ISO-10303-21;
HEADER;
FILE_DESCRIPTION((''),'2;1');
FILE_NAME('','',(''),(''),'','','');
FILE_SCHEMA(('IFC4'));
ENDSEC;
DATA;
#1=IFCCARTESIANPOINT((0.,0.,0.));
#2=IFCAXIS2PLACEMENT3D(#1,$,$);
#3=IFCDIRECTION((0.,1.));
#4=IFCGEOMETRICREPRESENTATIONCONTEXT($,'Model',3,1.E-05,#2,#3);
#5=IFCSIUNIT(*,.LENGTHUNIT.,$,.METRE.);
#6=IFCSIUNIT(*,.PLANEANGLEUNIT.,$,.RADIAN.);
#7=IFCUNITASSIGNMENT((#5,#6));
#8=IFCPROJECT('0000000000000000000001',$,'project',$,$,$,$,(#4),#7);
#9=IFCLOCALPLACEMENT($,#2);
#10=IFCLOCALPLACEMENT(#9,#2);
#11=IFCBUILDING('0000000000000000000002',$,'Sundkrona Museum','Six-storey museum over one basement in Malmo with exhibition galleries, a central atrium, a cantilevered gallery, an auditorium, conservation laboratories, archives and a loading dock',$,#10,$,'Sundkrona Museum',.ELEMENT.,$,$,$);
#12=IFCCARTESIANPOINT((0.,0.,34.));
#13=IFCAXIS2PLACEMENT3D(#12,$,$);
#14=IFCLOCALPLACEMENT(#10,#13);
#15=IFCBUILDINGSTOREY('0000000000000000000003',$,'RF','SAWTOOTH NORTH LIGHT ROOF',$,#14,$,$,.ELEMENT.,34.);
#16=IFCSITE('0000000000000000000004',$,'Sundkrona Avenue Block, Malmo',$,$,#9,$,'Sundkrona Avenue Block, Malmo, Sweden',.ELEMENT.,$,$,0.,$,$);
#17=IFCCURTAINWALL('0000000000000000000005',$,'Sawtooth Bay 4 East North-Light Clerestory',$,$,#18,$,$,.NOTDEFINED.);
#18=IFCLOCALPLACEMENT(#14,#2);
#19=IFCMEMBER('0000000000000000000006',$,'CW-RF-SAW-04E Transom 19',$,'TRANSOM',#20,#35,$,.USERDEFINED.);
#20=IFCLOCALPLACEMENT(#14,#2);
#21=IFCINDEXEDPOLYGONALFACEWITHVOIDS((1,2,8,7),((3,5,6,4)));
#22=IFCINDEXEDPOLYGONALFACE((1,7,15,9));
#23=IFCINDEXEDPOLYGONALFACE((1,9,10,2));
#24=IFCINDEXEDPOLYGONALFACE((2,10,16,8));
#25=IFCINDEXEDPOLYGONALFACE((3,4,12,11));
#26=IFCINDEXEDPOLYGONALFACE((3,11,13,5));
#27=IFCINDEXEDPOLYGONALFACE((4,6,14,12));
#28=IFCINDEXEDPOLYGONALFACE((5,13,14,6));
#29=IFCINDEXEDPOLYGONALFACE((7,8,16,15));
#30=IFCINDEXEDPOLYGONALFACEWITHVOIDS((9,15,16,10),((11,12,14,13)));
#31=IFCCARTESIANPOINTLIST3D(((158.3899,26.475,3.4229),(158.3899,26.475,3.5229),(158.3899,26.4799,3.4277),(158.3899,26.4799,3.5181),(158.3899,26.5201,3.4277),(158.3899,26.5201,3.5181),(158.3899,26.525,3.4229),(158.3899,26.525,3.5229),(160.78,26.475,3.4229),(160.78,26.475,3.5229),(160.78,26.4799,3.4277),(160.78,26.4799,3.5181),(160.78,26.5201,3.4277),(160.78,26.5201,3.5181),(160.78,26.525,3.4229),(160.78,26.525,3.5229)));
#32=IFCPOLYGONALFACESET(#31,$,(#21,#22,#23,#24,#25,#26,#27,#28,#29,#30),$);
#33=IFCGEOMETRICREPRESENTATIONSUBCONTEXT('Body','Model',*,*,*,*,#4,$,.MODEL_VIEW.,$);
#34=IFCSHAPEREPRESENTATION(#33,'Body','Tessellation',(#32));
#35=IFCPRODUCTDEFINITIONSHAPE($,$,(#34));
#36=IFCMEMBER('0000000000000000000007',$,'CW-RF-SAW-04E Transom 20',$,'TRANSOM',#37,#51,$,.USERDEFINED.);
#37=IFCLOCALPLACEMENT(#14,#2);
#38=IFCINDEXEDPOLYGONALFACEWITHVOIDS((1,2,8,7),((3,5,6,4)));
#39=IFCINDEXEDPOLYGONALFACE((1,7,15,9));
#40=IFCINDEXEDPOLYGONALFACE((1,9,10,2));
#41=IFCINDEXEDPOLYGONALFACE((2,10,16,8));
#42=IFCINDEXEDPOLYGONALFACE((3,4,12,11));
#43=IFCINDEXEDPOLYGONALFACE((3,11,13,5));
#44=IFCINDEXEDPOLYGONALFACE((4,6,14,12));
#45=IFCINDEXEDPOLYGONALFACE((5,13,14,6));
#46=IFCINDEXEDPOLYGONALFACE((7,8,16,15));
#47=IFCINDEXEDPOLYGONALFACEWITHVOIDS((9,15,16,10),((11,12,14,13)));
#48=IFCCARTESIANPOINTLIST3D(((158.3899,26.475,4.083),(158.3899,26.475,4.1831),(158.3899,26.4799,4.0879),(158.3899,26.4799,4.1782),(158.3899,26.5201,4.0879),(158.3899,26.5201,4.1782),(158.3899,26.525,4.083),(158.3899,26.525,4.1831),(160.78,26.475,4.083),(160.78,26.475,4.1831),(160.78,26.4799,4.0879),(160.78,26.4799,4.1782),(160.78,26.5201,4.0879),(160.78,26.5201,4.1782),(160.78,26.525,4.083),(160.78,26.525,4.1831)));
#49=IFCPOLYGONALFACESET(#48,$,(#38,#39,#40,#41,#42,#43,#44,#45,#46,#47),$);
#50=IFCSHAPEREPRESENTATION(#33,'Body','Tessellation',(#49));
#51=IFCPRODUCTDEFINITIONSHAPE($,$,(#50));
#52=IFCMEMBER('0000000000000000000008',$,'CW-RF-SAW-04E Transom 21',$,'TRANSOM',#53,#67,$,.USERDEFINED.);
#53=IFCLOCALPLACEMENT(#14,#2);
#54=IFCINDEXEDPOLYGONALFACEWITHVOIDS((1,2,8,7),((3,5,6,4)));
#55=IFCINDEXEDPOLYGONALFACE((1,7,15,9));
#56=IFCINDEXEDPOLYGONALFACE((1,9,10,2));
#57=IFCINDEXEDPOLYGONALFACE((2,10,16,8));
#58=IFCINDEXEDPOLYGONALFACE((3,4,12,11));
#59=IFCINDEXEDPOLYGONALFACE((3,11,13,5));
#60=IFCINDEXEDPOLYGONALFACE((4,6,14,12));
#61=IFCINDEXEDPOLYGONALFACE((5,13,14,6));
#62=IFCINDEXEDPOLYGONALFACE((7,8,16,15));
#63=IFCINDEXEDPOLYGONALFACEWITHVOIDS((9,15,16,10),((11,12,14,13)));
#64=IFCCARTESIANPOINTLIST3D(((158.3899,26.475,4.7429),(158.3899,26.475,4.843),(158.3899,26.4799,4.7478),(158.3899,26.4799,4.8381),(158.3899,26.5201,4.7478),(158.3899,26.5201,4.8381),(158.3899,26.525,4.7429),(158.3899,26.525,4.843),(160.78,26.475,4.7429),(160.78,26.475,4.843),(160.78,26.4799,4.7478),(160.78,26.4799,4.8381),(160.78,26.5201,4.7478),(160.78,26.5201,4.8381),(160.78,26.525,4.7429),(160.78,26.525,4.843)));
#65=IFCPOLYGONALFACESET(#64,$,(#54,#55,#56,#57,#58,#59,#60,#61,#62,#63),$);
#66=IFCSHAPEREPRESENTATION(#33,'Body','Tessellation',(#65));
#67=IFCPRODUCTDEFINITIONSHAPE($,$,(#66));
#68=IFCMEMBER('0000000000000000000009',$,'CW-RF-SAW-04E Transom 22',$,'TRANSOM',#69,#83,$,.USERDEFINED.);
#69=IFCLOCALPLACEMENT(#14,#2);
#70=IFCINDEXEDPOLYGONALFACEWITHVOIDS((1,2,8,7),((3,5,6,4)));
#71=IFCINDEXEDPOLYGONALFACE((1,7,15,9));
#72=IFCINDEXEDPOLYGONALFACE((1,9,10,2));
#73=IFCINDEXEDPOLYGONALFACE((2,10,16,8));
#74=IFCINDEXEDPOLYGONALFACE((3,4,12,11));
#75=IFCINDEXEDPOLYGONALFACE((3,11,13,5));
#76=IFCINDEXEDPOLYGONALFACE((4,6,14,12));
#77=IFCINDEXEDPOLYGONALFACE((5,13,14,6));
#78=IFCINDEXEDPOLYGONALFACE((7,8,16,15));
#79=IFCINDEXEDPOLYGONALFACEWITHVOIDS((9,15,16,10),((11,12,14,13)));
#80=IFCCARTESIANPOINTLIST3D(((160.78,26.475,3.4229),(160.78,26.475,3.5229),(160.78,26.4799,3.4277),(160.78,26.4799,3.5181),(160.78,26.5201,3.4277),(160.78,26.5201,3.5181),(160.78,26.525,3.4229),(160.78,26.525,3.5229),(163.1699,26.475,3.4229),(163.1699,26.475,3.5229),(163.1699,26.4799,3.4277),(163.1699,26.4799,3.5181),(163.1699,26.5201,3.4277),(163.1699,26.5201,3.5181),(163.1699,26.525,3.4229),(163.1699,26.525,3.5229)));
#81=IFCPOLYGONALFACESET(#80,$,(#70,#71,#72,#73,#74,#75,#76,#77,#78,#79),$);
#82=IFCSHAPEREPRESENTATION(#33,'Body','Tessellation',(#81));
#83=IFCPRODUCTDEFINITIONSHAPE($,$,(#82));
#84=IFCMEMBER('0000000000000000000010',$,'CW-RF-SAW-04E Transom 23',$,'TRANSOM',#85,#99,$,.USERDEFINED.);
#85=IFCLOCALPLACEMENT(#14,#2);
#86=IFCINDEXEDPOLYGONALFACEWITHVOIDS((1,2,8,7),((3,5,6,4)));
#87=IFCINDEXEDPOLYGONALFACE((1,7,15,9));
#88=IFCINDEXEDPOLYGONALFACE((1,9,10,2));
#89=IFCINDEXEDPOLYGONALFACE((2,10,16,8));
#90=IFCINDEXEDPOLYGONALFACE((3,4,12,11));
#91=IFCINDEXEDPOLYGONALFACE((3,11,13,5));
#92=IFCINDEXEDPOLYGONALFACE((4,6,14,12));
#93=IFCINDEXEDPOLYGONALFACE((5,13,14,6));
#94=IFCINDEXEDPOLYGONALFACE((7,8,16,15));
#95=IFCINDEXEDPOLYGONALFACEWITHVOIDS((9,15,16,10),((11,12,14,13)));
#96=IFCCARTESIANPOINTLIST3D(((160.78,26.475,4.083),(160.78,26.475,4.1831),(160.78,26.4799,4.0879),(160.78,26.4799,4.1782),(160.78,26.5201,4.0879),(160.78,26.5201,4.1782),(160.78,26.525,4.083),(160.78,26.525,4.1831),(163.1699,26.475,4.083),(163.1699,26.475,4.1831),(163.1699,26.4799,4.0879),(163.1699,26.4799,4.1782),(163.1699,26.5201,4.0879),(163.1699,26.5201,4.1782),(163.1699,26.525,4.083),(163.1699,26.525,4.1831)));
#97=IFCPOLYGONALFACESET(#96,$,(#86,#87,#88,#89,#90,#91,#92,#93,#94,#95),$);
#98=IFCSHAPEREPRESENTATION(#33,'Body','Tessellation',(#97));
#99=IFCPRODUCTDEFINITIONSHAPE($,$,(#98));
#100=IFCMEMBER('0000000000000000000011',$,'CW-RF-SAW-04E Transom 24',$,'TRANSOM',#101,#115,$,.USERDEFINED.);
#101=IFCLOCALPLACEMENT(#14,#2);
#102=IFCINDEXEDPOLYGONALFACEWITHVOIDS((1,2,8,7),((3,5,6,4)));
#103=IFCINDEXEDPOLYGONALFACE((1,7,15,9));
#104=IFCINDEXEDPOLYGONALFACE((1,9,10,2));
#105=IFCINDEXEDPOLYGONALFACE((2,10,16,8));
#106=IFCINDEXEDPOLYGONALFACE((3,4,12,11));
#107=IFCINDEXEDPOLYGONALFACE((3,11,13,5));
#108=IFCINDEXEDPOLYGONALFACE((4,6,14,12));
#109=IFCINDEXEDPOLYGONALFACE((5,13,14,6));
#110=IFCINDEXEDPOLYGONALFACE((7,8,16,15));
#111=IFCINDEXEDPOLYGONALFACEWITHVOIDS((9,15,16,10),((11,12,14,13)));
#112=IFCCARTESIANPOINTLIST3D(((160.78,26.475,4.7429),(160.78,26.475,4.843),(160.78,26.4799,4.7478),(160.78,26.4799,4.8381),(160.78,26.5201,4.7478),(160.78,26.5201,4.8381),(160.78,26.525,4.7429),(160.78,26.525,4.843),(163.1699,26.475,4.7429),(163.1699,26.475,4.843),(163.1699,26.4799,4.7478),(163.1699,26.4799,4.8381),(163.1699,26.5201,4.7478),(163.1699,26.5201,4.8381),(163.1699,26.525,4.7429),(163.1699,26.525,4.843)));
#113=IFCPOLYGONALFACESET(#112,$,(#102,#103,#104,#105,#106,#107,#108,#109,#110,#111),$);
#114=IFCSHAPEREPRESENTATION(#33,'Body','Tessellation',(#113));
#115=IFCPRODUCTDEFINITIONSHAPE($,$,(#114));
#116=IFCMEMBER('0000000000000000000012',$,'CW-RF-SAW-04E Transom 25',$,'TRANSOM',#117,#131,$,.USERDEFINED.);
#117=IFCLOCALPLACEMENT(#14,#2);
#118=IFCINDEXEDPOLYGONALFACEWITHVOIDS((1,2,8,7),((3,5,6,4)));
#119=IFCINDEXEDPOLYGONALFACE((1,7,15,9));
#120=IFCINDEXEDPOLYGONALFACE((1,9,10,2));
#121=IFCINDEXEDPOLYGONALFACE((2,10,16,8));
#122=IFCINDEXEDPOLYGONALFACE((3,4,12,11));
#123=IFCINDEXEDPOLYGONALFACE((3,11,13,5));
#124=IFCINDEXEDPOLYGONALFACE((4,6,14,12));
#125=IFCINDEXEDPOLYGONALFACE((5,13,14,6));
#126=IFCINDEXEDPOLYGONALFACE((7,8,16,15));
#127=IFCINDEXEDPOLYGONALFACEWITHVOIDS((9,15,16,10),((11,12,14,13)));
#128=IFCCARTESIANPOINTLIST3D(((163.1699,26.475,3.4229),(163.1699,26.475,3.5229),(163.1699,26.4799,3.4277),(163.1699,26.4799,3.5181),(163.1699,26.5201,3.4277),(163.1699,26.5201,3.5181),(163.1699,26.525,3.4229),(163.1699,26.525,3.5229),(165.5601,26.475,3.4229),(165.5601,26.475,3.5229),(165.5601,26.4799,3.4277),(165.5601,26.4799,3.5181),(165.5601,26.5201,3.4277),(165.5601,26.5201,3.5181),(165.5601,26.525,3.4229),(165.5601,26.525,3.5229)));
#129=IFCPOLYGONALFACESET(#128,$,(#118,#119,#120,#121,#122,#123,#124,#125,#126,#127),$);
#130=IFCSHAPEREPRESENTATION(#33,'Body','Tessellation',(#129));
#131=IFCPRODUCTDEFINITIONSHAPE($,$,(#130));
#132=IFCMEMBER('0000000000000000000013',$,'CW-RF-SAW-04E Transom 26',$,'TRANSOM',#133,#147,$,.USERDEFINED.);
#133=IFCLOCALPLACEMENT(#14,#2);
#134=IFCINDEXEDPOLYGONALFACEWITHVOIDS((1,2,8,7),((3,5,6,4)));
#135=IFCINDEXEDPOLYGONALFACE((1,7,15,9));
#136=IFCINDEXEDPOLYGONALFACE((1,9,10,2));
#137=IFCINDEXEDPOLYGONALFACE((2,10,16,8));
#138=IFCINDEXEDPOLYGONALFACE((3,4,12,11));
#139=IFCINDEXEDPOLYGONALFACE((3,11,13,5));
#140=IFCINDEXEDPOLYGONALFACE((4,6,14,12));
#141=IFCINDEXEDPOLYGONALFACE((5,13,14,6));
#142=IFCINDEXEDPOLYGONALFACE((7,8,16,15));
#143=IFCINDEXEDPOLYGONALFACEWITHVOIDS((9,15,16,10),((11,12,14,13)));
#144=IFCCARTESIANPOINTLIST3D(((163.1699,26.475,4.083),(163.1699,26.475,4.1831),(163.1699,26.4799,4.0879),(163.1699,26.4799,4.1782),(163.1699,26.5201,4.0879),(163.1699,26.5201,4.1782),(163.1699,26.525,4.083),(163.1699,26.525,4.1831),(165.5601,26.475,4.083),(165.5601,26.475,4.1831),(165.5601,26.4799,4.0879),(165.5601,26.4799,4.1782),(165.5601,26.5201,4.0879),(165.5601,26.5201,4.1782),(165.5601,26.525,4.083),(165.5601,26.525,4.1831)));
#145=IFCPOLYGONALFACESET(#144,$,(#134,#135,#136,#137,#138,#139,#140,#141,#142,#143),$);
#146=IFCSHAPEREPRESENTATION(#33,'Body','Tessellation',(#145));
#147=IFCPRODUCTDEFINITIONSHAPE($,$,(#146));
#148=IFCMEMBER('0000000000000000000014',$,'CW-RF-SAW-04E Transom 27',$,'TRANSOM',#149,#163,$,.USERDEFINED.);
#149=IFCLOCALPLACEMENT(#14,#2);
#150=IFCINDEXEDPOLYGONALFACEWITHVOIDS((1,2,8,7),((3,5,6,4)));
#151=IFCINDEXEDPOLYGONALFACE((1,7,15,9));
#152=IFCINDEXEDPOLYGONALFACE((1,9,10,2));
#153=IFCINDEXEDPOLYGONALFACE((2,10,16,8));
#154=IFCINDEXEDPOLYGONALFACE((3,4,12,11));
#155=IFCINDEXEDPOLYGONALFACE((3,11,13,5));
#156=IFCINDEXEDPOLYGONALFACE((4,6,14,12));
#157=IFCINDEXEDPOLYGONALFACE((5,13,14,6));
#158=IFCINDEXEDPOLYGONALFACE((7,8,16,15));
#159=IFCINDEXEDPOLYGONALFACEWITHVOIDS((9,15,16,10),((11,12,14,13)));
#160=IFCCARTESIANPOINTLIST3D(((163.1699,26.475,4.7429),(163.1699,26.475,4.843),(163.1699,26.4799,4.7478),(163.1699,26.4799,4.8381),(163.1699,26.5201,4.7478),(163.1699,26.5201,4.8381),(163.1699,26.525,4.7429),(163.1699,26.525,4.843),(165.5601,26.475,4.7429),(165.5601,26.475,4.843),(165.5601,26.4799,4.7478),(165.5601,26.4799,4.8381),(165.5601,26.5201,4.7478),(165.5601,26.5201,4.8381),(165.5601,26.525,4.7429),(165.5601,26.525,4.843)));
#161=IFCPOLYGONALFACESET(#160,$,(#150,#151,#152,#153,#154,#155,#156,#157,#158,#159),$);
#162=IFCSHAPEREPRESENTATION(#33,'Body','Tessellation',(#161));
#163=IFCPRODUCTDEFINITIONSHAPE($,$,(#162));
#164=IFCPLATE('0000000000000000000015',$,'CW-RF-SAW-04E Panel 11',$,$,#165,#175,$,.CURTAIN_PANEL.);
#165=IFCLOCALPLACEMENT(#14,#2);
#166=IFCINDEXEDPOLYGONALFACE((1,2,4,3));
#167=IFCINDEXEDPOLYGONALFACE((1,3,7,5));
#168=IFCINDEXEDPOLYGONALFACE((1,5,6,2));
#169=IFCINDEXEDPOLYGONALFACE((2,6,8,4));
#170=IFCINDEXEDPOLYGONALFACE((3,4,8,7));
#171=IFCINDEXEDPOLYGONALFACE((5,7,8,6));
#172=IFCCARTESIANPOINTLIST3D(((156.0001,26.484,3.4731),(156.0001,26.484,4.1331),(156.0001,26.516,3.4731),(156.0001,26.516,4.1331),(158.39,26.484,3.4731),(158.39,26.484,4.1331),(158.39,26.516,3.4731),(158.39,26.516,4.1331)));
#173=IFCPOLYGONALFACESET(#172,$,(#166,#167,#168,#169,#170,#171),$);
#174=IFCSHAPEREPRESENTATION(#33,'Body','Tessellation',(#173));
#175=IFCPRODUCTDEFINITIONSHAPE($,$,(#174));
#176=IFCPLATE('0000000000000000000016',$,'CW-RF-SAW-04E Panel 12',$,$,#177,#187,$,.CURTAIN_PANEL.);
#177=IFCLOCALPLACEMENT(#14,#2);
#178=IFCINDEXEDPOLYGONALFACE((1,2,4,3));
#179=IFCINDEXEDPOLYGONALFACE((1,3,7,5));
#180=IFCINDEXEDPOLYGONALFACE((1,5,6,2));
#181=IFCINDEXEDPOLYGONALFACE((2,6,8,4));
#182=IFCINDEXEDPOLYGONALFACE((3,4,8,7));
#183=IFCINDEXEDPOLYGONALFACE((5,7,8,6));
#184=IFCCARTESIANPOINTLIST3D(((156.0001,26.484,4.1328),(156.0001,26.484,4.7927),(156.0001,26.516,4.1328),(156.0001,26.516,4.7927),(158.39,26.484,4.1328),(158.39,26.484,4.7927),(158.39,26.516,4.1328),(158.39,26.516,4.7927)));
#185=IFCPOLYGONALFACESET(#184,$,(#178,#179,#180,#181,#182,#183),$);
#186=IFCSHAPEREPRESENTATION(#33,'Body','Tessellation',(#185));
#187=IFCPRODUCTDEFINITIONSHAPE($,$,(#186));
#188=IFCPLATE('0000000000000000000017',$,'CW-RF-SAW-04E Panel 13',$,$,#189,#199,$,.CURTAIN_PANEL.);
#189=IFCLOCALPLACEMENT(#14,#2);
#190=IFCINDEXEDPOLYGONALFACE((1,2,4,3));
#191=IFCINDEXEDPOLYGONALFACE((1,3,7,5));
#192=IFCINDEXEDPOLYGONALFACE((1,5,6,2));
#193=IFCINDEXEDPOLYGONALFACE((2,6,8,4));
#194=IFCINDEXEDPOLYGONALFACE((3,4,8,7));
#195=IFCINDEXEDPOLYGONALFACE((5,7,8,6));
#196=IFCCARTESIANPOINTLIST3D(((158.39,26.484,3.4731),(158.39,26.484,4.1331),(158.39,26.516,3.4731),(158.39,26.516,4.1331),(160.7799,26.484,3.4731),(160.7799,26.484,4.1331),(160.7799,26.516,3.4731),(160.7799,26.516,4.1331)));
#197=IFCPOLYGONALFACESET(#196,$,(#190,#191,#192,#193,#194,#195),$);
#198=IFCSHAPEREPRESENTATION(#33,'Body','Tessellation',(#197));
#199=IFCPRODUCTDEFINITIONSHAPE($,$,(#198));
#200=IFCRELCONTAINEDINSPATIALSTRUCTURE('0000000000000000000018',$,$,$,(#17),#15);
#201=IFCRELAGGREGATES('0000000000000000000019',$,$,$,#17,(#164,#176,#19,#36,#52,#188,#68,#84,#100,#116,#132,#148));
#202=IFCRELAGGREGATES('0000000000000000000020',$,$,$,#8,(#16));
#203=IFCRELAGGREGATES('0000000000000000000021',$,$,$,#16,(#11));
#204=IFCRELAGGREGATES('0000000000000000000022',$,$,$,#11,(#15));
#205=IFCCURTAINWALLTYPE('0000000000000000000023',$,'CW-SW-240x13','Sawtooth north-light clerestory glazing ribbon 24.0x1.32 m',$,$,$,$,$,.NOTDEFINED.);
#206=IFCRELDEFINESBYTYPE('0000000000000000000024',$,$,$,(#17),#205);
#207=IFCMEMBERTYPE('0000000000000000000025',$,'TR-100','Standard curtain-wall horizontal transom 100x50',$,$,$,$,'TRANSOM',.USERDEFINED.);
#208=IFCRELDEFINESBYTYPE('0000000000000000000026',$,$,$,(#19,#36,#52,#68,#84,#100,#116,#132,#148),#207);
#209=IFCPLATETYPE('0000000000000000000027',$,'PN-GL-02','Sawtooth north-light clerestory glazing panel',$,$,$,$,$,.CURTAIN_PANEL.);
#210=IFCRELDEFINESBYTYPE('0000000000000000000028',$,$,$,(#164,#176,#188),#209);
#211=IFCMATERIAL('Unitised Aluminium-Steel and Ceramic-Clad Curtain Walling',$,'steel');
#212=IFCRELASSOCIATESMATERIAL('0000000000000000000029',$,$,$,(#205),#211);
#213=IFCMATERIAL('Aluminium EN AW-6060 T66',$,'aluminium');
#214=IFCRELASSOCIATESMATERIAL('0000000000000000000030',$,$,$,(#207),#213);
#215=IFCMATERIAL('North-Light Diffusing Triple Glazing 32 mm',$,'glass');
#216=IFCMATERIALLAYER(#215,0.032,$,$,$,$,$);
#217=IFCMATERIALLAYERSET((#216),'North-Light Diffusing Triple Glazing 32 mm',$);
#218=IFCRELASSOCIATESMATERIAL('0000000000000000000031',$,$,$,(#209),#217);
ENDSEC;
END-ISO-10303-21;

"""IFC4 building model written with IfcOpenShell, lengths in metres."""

from ifc_helpers import new_model, si_unit, direction, frame, origin, origin_2d, place, context, subcontext, project, spatial, rectangle, hollow_rectangle, extrude, material, layer, layer_set, material_profile, profile_set, type_object, element, aggregate, save


model = new_model("IFC4")

# Units and contexts
model_context = context("Model", 3, precision=1e-05, world=origin(), true_north=direction((0.0, 1.0)))
body_context = subcontext(model_context, "Body", "Model", "MODEL_VIEW")
ifc_project = project(units=[si_unit("LENGTHUNIT", "METRE"), si_unit("PLANEANGLEUNIT", "RADIAN")], contexts=[model_context])

# Site, building, storey
site_placement = place(None, origin())
site = spatial("IfcSite", under=ifc_project, at=site_placement, Name="Sundkrona Avenue Block, Malmo", LongName="Sundkrona Avenue Block, Malmo, Sweden", CompositionType="ELEMENT", RefElevation=0.0)
building_placement = place(site_placement, origin())
building = spatial("IfcBuilding", under=site, at=building_placement, Name="Sundkrona Museum", Description="Six-storey museum over one basement in Malmo with exhibition galleries, a central atrium, a cantilevered gallery, an auditorium, conservation laboratories, archives and a loading dock", LongName="Sundkrona Museum", CompositionType="ELEMENT")
storey_placement = place(building_placement, frame((0.0, 0.0, 34.0)))
storey = spatial("IfcBuildingStorey", under=building, at=storey_placement, Name="RF", Description="SAWTOOTH NORTH LIGHT ROOF", CompositionType="ELEMENT", Elevation=34.0)

# Curtain wall
ifc_material_1 = material(Name="Unitised Aluminium-Steel and Ceramic-Clad Curtain Walling", Category="steel")
curtain_wall_type = type_object("IfcCurtainWallType", Name="CW-SW-240x13", Description="Sawtooth north-light clerestory glazing ribbon 24.0x1.32 m", PredefinedType="NOTDEFINED", material=ifc_material_1)
curtain_wall_placement = place(storey_placement, origin())
curtain_wall = element("IfcCurtainWall", 1, at=curtain_wall_placement, inside=storey, type_object=curtain_wall_type, Name="Sawtooth Bay 4 East North-Light Clerestory", PredefinedType="NOTDEFINED")
ifc_material_2 = material(Name="Aluminium EN AW-6060 T66", Category="aluminium")

# Members
ifc_material_profile_1 = material_profile(ifc_material_2, hollow_rectangle(XDim=0.05, YDim=0.1001, WallThickness=0.0049, at=origin_2d()), Name="RHS 100x50x5.0")
ifc_profile_set_1 = profile_set([ifc_material_profile_1], Name="Aluminium EN AW-6060 T66")
member_type_1 = type_object("IfcMemberType", Name="TR-100", Description="Standard curtain-wall horizontal transom 100x50", ElementType="TRANSOM", PredefinedType="USERDEFINED", material=ifc_profile_set_1)
member_1_placement = place(storey_placement, frame((158.3899, 26.5, 3.4729), z_axis=(1.0, 0.0, 0.0), x_axis=(0.0, 1.0, 0.0)))
member_1 = element("IfcMember", 2, at=member_1_placement, type_object=member_type_1, Name="CW-RF-SAW-04E Transom 19", ObjectType="TRANSOM", PredefinedType="USERDEFINED", context=body_context, shape_type="SweptSolid", body=[
    extrude(hollow_rectangle(XDim=0.05, YDim=0.1001, WallThickness=0.0049, at=origin_2d()), origin(), (0.0, 0.0, 1.0), 2.3901),
])
member_2_placement = place(storey_placement, frame((158.3899, 26.5, 4.1331), z_axis=(1.0, 0.0, 0.0), x_axis=(0.0, 1.0, 0.0)))
member_2 = element("IfcMember", 3, at=member_2_placement, type_object=member_type_1, Name="CW-RF-SAW-04E Transom 20", ObjectType="TRANSOM", PredefinedType="USERDEFINED", context=body_context, shape_type="SweptSolid", body=[
    extrude(hollow_rectangle(XDim=0.05, YDim=0.1001, WallThickness=0.0049, at=origin_2d()), origin(), (0.0, 0.0, 1.0), 2.3901),
])
member_3_placement = place(storey_placement, frame((158.3899, 26.5, 4.793), z_axis=(1.0, 0.0, 0.0), x_axis=(0.0, 1.0, 0.0)))
member_3 = element("IfcMember", 4, at=member_3_placement, type_object=member_type_1, Name="CW-RF-SAW-04E Transom 21", ObjectType="TRANSOM", PredefinedType="USERDEFINED", context=body_context, shape_type="SweptSolid", body=[
    extrude(hollow_rectangle(XDim=0.05, YDim=0.1001, WallThickness=0.0049, at=origin_2d()), origin(), (0.0, 0.0, 1.0), 2.3901),
])
member_4_placement = place(storey_placement, frame((160.78, 26.5, 3.4729), z_axis=(1.0, 0.0, 0.0), x_axis=(0.0, 1.0, 0.0)))
member_4 = element("IfcMember", 5, at=member_4_placement, type_object=member_type_1, Name="CW-RF-SAW-04E Transom 22", ObjectType="TRANSOM", PredefinedType="USERDEFINED", context=body_context, shape_type="SweptSolid", body=[
    extrude(hollow_rectangle(XDim=0.05, YDim=0.1001, WallThickness=0.0049, at=origin_2d()), origin(), (0.0, 0.0, 1.0), 2.3899),
])
member_5_placement = place(storey_placement, frame((160.78, 26.5, 4.1331), z_axis=(1.0, 0.0, 0.0), x_axis=(0.0, 1.0, 0.0)))
member_5 = element("IfcMember", 6, at=member_5_placement, type_object=member_type_1, Name="CW-RF-SAW-04E Transom 23", ObjectType="TRANSOM", PredefinedType="USERDEFINED", context=body_context, shape_type="SweptSolid", body=[
    extrude(hollow_rectangle(XDim=0.05, YDim=0.1001, WallThickness=0.0049, at=origin_2d()), origin(), (0.0, 0.0, 1.0), 2.3899),
])
member_6_placement = place(storey_placement, frame((160.78, 26.5, 4.793), z_axis=(1.0, 0.0, 0.0), x_axis=(0.0, 1.0, 0.0)))
member_6 = element("IfcMember", 7, at=member_6_placement, type_object=member_type_1, Name="CW-RF-SAW-04E Transom 24", ObjectType="TRANSOM", PredefinedType="USERDEFINED", context=body_context, shape_type="SweptSolid", body=[
    extrude(hollow_rectangle(XDim=0.05, YDim=0.1001, WallThickness=0.0049, at=origin_2d()), origin(), (0.0, 0.0, 1.0), 2.3899),
])
member_7_placement = place(storey_placement, frame((163.1699, 26.5, 3.4729), z_axis=(1.0, 0.0, 0.0), x_axis=(0.0, 1.0, 0.0)))
member_7 = element("IfcMember", 8, at=member_7_placement, type_object=member_type_1, Name="CW-RF-SAW-04E Transom 25", ObjectType="TRANSOM", PredefinedType="USERDEFINED", context=body_context, shape_type="SweptSolid", body=[
    extrude(hollow_rectangle(XDim=0.05, YDim=0.1001, WallThickness=0.0049, at=origin_2d()), origin(), (0.0, 0.0, 1.0), 2.3901),
])
member_8_placement = place(storey_placement, frame((163.1699, 26.5, 4.1331), z_axis=(1.0, 0.0, 0.0), x_axis=(0.0, 1.0, 0.0)))
member_8 = element("IfcMember", 9, at=member_8_placement, type_object=member_type_1, Name="CW-RF-SAW-04E Transom 26", ObjectType="TRANSOM", PredefinedType="USERDEFINED", context=body_context, shape_type="SweptSolid", body=[
    extrude(hollow_rectangle(XDim=0.05, YDim=0.1001, WallThickness=0.0049, at=origin_2d()), origin(), (0.0, 0.0, 1.0), 2.3901),
])
member_9_placement = place(storey_placement, frame((163.1699, 26.5, 4.793), z_axis=(1.0, 0.0, 0.0), x_axis=(0.0, 1.0, 0.0)))
member_9 = element("IfcMember", 10, at=member_9_placement, type_object=member_type_1, Name="CW-RF-SAW-04E Transom 27", ObjectType="TRANSOM", PredefinedType="USERDEFINED", context=body_context, shape_type="SweptSolid", body=[
    extrude(hollow_rectangle(XDim=0.05, YDim=0.1001, WallThickness=0.0049, at=origin_2d()), origin(), (0.0, 0.0, 1.0), 2.3901),
])

# Plates
ifc_material_3 = material(Name="North-Light Diffusing Triple Glazing 32 mm", Category="glass")
ifc_layer = layer(ifc_material_3, 0.032)
ifc_layer_set = layer_set([ifc_layer], Name="North-Light Diffusing Triple Glazing 32 mm")
plate_type = type_object("IfcPlateType", Name="PN-GL-02", Description="Sawtooth north-light clerestory glazing panel", PredefinedType="CURTAIN_PANEL", material=ifc_layer_set)
plate_1_placement = place(storey_placement, frame((157.1951, 26.5, 3.4731), z_axis=(0.0, 0.0, 1.0), x_axis=(1.0, 0.0, 0.0)))
plate_1 = element("IfcPlate", 11, at=plate_1_placement, type_object=plate_type, Name="CW-RF-SAW-04E Panel 11", PredefinedType="CURTAIN_PANEL", context=body_context, shape_type="SweptSolid", body=[
    extrude(rectangle(XDim=2.3899, YDim=0.032, at=origin_2d()), origin(), (0.0, 0.0, 1.0), 0.6599),
])
plate_2_placement = place(storey_placement, frame((157.1951, 26.5, 4.1328), z_axis=(0.0, 0.0, 1.0), x_axis=(1.0, 0.0, 0.0)))
plate_2 = element("IfcPlate", 12, at=plate_2_placement, type_object=plate_type, Name="CW-RF-SAW-04E Panel 12", PredefinedType="CURTAIN_PANEL", context=body_context, shape_type="SweptSolid", body=[
    extrude(rectangle(XDim=2.3899, YDim=0.032, at=origin_2d()), origin(), (0.0, 0.0, 1.0), 0.6599),
])
plate_3_placement = place(storey_placement, frame((159.585, 26.5, 3.4731), z_axis=(0.0, 0.0, 1.0), x_axis=(1.0, 0.0, 0.0)))
plate_3 = element("IfcPlate", 13, at=plate_3_placement, type_object=plate_type, Name="CW-RF-SAW-04E Panel 13", PredefinedType="CURTAIN_PANEL", context=body_context, shape_type="SweptSolid", body=[
    extrude(rectangle(XDim=2.3899, YDim=0.032, at=origin_2d()), origin(), (0.0, 0.0, 1.0), 0.6599),
])
aggregate(curtain_wall, [plate_1, plate_2, member_1, member_2, member_3, plate_3, member_4, member_5, member_6, member_7, member_8, member_9])

save(model, "model.ifc")
